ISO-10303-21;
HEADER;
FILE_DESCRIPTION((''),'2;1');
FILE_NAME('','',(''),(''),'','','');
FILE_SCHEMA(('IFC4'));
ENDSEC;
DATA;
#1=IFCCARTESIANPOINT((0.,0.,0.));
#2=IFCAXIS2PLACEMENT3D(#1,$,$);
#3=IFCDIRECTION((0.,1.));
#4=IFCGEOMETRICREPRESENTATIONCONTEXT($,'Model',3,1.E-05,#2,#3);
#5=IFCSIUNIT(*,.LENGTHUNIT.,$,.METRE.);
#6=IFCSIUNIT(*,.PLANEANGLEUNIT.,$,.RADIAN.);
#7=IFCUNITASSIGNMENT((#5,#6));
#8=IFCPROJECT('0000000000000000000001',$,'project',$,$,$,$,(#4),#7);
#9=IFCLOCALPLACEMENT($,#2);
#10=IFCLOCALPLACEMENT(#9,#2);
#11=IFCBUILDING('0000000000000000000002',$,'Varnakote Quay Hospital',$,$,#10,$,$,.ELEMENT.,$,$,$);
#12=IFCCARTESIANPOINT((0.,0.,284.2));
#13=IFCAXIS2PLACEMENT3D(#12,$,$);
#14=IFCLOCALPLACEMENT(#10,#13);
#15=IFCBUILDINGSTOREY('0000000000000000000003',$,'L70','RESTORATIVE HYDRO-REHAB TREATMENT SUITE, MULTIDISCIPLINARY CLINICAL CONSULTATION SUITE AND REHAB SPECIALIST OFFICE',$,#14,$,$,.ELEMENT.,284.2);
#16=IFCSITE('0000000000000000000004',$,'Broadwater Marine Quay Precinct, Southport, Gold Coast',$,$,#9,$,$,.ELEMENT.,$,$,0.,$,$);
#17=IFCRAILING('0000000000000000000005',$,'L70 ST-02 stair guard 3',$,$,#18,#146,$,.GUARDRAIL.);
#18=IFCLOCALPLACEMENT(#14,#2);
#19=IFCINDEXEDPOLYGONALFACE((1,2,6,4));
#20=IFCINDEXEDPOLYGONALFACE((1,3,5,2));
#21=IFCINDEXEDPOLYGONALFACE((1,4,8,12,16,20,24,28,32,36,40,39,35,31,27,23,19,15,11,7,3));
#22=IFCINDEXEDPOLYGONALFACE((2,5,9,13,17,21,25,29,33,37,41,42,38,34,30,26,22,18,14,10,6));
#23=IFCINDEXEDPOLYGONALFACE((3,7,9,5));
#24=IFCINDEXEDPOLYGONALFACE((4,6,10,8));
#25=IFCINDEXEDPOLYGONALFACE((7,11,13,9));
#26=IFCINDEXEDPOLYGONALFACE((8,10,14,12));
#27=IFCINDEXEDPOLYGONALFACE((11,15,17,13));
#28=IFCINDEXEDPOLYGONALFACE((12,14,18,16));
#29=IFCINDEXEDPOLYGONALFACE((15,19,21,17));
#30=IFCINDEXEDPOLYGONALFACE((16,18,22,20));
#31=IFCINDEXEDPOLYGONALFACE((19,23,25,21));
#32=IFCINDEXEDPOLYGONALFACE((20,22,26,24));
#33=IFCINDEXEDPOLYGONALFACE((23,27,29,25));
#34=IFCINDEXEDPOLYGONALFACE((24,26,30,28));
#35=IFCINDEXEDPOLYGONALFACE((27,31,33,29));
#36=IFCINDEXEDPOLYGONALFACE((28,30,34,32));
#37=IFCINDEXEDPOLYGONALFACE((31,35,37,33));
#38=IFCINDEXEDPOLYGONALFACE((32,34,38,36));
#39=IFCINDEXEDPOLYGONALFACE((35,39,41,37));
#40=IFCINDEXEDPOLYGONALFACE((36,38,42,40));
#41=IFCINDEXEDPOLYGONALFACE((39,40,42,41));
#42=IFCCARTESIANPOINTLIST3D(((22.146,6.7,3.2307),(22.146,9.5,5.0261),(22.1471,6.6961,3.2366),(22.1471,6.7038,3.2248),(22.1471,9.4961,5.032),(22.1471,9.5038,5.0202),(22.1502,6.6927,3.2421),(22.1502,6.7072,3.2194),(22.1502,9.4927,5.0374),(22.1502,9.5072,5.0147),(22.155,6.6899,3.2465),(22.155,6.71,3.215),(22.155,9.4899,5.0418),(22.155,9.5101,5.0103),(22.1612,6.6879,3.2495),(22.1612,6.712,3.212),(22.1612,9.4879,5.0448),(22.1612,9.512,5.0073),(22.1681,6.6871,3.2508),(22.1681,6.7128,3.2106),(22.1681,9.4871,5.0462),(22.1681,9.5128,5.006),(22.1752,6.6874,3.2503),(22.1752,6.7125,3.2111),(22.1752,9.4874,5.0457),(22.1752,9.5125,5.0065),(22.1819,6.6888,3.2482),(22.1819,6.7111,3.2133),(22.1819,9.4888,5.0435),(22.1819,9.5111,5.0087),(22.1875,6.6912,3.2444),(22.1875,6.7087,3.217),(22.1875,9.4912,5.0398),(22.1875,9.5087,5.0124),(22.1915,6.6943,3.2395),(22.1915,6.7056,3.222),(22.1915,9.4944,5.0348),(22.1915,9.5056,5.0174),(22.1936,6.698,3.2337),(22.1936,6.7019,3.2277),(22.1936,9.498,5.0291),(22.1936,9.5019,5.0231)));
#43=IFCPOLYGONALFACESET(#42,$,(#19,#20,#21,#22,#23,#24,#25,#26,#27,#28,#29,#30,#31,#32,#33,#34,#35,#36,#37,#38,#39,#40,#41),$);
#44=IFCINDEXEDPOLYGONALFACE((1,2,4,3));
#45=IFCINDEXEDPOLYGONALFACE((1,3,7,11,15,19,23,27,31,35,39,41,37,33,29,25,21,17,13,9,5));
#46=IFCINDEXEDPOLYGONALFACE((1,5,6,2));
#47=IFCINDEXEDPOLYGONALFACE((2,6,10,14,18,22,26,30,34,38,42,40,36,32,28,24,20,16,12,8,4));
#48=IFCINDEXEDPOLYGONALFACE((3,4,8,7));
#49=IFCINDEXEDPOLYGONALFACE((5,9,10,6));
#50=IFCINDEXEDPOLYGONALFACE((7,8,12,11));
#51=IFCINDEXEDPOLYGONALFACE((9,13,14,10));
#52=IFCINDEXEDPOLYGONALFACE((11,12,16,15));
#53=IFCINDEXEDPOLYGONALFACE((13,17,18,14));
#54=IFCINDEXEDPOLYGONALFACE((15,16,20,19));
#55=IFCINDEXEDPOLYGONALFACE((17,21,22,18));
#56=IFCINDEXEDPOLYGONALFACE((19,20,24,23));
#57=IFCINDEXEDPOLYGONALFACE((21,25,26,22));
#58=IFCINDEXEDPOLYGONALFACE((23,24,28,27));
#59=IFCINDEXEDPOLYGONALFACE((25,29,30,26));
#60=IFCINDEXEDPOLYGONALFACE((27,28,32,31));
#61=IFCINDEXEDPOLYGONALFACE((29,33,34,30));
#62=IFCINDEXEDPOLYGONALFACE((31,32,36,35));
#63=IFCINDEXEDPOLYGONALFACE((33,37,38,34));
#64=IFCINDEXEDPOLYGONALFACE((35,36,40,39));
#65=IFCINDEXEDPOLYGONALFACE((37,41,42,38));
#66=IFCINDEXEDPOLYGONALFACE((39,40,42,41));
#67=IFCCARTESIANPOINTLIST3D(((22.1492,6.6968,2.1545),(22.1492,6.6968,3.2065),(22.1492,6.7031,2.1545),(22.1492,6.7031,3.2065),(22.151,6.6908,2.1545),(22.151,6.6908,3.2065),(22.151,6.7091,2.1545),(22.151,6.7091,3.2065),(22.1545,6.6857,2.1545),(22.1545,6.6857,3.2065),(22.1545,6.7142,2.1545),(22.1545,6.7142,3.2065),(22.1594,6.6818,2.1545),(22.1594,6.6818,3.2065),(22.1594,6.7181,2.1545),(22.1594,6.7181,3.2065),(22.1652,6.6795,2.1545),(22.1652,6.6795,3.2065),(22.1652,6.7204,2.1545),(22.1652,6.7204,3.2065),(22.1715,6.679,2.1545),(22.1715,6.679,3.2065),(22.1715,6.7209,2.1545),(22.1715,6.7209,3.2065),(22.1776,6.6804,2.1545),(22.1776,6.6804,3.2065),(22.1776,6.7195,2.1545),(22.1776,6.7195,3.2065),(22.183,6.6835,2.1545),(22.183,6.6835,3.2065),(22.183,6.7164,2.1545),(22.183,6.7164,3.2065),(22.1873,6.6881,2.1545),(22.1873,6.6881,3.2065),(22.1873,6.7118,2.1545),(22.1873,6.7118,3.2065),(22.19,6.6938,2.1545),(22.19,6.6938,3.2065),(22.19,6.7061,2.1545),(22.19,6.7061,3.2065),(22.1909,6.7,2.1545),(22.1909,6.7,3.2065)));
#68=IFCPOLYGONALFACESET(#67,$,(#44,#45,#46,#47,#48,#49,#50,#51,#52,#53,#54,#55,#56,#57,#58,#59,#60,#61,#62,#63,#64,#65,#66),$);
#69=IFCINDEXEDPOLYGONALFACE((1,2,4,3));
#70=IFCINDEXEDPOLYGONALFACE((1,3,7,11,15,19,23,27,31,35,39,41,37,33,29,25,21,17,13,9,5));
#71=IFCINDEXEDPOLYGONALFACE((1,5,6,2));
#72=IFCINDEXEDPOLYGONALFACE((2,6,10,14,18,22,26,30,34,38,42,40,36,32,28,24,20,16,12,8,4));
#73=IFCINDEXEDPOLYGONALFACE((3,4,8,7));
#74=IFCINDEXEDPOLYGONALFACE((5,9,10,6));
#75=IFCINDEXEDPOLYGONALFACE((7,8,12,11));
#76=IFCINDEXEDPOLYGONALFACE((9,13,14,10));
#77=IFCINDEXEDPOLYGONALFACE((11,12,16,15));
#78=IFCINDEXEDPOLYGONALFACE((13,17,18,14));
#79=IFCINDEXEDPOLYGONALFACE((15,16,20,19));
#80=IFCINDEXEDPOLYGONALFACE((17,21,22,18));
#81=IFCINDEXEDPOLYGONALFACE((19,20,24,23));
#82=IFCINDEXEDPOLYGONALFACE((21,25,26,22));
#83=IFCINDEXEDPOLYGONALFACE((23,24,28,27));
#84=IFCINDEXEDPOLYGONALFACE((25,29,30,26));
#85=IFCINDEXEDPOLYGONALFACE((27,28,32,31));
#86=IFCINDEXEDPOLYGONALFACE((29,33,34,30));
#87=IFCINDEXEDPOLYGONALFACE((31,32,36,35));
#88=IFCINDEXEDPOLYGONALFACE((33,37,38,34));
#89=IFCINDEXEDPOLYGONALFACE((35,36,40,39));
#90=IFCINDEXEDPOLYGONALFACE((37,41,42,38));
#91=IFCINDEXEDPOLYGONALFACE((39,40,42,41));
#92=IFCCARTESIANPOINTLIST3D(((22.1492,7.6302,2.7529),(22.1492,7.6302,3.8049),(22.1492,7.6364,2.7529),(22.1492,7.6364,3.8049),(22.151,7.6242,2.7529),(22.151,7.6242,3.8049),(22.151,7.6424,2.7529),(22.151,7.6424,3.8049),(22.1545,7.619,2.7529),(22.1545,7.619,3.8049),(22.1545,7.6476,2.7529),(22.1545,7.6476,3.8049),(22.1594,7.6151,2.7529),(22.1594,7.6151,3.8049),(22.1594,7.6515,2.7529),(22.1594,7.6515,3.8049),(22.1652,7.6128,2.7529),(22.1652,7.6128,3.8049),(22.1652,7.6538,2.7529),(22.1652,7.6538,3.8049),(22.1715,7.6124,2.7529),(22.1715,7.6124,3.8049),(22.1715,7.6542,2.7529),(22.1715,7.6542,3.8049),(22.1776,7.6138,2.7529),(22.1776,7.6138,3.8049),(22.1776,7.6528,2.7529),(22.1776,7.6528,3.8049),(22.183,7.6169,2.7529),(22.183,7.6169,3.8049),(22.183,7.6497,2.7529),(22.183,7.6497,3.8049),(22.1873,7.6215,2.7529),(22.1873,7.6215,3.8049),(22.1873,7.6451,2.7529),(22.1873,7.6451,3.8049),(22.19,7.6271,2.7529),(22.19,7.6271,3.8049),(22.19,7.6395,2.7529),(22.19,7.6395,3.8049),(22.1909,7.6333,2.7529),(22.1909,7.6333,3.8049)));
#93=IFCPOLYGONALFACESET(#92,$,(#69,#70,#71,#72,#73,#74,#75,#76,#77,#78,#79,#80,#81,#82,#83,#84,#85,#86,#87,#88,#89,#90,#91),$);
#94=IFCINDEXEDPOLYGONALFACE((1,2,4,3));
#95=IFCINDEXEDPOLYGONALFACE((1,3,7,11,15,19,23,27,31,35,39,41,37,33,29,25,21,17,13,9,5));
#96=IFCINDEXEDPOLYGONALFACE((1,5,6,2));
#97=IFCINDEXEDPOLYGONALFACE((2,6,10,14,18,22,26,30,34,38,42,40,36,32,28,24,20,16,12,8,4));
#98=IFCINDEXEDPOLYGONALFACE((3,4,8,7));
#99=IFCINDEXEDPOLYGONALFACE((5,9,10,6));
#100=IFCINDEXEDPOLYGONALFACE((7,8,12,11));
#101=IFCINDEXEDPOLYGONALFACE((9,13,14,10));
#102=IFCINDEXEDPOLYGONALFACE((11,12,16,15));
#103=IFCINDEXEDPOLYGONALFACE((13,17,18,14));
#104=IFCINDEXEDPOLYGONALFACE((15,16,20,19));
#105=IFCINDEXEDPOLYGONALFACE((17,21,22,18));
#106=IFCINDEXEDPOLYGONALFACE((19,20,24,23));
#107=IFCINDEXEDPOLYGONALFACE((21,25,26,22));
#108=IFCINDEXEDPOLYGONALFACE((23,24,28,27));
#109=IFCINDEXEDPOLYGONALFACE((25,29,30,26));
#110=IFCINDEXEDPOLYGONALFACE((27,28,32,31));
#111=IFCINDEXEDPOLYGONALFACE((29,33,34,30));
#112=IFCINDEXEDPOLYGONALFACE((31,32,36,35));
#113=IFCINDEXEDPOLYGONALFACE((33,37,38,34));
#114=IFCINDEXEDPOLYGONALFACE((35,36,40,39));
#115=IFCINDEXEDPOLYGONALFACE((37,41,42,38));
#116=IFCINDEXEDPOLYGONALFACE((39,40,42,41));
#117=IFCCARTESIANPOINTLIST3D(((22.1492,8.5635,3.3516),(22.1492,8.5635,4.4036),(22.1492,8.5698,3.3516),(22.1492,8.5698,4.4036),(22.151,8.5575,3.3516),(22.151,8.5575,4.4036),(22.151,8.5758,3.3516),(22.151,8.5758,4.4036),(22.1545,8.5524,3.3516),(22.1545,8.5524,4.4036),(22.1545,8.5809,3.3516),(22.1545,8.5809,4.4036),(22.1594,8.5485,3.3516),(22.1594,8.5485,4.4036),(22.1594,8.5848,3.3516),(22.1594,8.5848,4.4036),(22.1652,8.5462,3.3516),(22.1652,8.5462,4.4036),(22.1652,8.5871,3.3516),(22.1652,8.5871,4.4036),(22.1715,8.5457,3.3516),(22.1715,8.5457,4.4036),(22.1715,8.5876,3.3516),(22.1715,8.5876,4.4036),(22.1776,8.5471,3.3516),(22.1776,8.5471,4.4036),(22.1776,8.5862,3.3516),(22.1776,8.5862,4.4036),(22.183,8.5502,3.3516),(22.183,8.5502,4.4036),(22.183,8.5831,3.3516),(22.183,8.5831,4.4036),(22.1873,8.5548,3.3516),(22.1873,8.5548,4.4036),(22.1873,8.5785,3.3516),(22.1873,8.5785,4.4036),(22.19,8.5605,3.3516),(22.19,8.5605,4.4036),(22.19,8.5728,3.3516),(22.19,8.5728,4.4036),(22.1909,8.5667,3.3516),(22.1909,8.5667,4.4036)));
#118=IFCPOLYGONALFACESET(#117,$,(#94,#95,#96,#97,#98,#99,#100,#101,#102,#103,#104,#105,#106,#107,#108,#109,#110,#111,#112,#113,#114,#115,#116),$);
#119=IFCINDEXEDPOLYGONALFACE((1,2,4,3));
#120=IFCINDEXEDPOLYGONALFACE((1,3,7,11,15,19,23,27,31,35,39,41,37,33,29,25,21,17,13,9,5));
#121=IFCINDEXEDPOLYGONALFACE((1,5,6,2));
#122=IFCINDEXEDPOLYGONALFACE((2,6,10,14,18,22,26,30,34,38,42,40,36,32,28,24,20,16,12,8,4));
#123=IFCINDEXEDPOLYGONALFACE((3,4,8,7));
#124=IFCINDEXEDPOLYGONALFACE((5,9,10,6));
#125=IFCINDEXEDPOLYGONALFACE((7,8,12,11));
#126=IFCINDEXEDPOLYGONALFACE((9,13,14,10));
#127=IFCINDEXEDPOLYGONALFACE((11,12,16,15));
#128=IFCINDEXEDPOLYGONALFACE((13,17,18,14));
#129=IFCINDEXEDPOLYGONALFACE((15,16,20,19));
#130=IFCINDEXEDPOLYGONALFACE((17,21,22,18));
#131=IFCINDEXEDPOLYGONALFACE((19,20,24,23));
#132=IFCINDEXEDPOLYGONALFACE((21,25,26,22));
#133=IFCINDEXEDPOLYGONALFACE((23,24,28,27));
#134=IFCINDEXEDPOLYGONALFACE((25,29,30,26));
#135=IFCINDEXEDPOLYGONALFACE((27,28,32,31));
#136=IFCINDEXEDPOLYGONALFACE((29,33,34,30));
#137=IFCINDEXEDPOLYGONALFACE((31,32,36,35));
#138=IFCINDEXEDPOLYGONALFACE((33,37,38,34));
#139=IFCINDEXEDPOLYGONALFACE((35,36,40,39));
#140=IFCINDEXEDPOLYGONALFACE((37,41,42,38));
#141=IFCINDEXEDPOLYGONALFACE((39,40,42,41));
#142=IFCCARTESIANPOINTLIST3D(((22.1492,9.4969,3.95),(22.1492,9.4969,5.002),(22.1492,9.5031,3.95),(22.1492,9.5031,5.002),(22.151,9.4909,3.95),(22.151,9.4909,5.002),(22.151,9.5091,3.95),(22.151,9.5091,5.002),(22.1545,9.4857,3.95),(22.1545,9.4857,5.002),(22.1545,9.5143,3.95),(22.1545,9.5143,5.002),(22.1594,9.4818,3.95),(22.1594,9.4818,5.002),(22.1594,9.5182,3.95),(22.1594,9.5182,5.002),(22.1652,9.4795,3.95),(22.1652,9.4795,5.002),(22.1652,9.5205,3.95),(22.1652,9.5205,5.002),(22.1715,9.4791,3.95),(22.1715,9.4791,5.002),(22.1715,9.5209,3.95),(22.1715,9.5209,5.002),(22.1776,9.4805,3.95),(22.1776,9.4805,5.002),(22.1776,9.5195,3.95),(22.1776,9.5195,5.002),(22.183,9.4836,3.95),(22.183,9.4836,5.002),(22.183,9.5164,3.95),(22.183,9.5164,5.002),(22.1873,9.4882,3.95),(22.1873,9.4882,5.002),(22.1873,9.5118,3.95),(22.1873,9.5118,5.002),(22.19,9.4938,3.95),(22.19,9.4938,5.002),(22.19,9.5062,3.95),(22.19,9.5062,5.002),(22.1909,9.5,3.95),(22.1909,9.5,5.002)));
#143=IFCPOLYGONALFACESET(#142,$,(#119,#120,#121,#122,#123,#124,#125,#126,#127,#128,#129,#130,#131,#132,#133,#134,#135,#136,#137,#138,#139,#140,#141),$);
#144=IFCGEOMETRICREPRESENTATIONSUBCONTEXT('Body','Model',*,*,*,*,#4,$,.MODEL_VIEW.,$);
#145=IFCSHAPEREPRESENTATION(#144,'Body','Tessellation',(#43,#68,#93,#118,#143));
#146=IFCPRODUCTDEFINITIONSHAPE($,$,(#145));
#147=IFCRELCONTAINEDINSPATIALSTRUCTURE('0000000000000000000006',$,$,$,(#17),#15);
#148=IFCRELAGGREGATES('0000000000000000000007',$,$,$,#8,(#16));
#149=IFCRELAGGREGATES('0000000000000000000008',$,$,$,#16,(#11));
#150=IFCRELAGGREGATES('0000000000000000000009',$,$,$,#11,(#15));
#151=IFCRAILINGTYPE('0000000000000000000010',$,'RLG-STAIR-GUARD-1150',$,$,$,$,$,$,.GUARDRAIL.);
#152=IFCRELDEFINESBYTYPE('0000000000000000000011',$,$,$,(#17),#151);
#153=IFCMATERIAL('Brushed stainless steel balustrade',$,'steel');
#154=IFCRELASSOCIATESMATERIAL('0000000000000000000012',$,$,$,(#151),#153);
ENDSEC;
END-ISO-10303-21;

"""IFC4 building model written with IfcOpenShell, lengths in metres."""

from ifc_helpers import new_model, si_unit, direction, frame, origin, origin_2d, place, context, subcontext, project, spatial, circle, extrude, material, type_object, element, save


model = new_model("IFC4")

# Units and contexts
model_context = context("Model", 3, precision=1e-05, world=origin(), true_north=direction((0.0, 1.0)))
body_context = subcontext(model_context, "Body", "Model", "MODEL_VIEW")
ifc_project = project(units=[si_unit("LENGTHUNIT", "METRE"), si_unit("PLANEANGLEUNIT", "RADIAN")], contexts=[model_context])

# Site, building, storey
site_placement = place(None, origin())
site = spatial("IfcSite", under=ifc_project, at=site_placement, Name="Broadwater Marine Quay Precinct, Southport, Gold Coast", CompositionType="ELEMENT", RefElevation=0.0)
building_placement = place(site_placement, origin())
building = spatial("IfcBuilding", under=site, at=building_placement, Name="Varnakote Quay Hospital", CompositionType="ELEMENT")
storey_placement = place(building_placement, frame((0.0, 0.0, 284.2)))
storey = spatial("IfcBuildingStorey", under=building, at=storey_placement, Name="L70", Description="RESTORATIVE HYDRO-REHAB TREATMENT SUITE, MULTIDISCIPLINARY CLINICAL CONSULTATION SUITE AND REHAB SPECIALIST OFFICE", CompositionType="ELEMENT", Elevation=284.2)

# Railing
ifc_material_1 = material(Name="Brushed stainless steel balustrade", Category="steel")
railing_type_1 = type_object("IfcRailingType", Name="RLG-STAIR-GUARD-1150", PredefinedType="GUARDRAIL", material=ifc_material_1)
railing_1_placement = place(storey_placement, frame((22.1699, 6.7, 2.1545)))
element("IfcRailing", 1, at=railing_1_placement, inside=storey, type_object=railing_type_1, Name="L70 ST-02 stair guard 3", PredefinedType="GUARDRAIL", context=body_context, shape_type="SweptSolid", body=[
    extrude(circle(Radius=0.0239, at=origin_2d()), frame((0.0, 0.0, 1.0762), z_axis=(0.0, 0.84181, 0.539774), x_axis=(-1.0, 0.0, 0.0)), (0.0, 0.0, 1.0), 3.3262),
    extrude(circle(Radius=0.021, at=origin_2d()), origin(), (0.0, 0.0, 1.0), 1.052),
    extrude(circle(Radius=0.021, at=origin_2d()), frame((0.0, 0.9333, 0.5984)), (0.0, 0.0, 1.0), 1.052),
    extrude(circle(Radius=0.021, at=origin_2d()), frame((0.0, 1.8667, 1.197)), (0.0, 0.0, 1.0), 1.052),
    extrude(circle(Radius=0.021, at=origin_2d()), frame((0.0, 2.8, 1.7954)), (0.0, 0.0, 1.0), 1.052),
])

save(model, "model.ifc")
